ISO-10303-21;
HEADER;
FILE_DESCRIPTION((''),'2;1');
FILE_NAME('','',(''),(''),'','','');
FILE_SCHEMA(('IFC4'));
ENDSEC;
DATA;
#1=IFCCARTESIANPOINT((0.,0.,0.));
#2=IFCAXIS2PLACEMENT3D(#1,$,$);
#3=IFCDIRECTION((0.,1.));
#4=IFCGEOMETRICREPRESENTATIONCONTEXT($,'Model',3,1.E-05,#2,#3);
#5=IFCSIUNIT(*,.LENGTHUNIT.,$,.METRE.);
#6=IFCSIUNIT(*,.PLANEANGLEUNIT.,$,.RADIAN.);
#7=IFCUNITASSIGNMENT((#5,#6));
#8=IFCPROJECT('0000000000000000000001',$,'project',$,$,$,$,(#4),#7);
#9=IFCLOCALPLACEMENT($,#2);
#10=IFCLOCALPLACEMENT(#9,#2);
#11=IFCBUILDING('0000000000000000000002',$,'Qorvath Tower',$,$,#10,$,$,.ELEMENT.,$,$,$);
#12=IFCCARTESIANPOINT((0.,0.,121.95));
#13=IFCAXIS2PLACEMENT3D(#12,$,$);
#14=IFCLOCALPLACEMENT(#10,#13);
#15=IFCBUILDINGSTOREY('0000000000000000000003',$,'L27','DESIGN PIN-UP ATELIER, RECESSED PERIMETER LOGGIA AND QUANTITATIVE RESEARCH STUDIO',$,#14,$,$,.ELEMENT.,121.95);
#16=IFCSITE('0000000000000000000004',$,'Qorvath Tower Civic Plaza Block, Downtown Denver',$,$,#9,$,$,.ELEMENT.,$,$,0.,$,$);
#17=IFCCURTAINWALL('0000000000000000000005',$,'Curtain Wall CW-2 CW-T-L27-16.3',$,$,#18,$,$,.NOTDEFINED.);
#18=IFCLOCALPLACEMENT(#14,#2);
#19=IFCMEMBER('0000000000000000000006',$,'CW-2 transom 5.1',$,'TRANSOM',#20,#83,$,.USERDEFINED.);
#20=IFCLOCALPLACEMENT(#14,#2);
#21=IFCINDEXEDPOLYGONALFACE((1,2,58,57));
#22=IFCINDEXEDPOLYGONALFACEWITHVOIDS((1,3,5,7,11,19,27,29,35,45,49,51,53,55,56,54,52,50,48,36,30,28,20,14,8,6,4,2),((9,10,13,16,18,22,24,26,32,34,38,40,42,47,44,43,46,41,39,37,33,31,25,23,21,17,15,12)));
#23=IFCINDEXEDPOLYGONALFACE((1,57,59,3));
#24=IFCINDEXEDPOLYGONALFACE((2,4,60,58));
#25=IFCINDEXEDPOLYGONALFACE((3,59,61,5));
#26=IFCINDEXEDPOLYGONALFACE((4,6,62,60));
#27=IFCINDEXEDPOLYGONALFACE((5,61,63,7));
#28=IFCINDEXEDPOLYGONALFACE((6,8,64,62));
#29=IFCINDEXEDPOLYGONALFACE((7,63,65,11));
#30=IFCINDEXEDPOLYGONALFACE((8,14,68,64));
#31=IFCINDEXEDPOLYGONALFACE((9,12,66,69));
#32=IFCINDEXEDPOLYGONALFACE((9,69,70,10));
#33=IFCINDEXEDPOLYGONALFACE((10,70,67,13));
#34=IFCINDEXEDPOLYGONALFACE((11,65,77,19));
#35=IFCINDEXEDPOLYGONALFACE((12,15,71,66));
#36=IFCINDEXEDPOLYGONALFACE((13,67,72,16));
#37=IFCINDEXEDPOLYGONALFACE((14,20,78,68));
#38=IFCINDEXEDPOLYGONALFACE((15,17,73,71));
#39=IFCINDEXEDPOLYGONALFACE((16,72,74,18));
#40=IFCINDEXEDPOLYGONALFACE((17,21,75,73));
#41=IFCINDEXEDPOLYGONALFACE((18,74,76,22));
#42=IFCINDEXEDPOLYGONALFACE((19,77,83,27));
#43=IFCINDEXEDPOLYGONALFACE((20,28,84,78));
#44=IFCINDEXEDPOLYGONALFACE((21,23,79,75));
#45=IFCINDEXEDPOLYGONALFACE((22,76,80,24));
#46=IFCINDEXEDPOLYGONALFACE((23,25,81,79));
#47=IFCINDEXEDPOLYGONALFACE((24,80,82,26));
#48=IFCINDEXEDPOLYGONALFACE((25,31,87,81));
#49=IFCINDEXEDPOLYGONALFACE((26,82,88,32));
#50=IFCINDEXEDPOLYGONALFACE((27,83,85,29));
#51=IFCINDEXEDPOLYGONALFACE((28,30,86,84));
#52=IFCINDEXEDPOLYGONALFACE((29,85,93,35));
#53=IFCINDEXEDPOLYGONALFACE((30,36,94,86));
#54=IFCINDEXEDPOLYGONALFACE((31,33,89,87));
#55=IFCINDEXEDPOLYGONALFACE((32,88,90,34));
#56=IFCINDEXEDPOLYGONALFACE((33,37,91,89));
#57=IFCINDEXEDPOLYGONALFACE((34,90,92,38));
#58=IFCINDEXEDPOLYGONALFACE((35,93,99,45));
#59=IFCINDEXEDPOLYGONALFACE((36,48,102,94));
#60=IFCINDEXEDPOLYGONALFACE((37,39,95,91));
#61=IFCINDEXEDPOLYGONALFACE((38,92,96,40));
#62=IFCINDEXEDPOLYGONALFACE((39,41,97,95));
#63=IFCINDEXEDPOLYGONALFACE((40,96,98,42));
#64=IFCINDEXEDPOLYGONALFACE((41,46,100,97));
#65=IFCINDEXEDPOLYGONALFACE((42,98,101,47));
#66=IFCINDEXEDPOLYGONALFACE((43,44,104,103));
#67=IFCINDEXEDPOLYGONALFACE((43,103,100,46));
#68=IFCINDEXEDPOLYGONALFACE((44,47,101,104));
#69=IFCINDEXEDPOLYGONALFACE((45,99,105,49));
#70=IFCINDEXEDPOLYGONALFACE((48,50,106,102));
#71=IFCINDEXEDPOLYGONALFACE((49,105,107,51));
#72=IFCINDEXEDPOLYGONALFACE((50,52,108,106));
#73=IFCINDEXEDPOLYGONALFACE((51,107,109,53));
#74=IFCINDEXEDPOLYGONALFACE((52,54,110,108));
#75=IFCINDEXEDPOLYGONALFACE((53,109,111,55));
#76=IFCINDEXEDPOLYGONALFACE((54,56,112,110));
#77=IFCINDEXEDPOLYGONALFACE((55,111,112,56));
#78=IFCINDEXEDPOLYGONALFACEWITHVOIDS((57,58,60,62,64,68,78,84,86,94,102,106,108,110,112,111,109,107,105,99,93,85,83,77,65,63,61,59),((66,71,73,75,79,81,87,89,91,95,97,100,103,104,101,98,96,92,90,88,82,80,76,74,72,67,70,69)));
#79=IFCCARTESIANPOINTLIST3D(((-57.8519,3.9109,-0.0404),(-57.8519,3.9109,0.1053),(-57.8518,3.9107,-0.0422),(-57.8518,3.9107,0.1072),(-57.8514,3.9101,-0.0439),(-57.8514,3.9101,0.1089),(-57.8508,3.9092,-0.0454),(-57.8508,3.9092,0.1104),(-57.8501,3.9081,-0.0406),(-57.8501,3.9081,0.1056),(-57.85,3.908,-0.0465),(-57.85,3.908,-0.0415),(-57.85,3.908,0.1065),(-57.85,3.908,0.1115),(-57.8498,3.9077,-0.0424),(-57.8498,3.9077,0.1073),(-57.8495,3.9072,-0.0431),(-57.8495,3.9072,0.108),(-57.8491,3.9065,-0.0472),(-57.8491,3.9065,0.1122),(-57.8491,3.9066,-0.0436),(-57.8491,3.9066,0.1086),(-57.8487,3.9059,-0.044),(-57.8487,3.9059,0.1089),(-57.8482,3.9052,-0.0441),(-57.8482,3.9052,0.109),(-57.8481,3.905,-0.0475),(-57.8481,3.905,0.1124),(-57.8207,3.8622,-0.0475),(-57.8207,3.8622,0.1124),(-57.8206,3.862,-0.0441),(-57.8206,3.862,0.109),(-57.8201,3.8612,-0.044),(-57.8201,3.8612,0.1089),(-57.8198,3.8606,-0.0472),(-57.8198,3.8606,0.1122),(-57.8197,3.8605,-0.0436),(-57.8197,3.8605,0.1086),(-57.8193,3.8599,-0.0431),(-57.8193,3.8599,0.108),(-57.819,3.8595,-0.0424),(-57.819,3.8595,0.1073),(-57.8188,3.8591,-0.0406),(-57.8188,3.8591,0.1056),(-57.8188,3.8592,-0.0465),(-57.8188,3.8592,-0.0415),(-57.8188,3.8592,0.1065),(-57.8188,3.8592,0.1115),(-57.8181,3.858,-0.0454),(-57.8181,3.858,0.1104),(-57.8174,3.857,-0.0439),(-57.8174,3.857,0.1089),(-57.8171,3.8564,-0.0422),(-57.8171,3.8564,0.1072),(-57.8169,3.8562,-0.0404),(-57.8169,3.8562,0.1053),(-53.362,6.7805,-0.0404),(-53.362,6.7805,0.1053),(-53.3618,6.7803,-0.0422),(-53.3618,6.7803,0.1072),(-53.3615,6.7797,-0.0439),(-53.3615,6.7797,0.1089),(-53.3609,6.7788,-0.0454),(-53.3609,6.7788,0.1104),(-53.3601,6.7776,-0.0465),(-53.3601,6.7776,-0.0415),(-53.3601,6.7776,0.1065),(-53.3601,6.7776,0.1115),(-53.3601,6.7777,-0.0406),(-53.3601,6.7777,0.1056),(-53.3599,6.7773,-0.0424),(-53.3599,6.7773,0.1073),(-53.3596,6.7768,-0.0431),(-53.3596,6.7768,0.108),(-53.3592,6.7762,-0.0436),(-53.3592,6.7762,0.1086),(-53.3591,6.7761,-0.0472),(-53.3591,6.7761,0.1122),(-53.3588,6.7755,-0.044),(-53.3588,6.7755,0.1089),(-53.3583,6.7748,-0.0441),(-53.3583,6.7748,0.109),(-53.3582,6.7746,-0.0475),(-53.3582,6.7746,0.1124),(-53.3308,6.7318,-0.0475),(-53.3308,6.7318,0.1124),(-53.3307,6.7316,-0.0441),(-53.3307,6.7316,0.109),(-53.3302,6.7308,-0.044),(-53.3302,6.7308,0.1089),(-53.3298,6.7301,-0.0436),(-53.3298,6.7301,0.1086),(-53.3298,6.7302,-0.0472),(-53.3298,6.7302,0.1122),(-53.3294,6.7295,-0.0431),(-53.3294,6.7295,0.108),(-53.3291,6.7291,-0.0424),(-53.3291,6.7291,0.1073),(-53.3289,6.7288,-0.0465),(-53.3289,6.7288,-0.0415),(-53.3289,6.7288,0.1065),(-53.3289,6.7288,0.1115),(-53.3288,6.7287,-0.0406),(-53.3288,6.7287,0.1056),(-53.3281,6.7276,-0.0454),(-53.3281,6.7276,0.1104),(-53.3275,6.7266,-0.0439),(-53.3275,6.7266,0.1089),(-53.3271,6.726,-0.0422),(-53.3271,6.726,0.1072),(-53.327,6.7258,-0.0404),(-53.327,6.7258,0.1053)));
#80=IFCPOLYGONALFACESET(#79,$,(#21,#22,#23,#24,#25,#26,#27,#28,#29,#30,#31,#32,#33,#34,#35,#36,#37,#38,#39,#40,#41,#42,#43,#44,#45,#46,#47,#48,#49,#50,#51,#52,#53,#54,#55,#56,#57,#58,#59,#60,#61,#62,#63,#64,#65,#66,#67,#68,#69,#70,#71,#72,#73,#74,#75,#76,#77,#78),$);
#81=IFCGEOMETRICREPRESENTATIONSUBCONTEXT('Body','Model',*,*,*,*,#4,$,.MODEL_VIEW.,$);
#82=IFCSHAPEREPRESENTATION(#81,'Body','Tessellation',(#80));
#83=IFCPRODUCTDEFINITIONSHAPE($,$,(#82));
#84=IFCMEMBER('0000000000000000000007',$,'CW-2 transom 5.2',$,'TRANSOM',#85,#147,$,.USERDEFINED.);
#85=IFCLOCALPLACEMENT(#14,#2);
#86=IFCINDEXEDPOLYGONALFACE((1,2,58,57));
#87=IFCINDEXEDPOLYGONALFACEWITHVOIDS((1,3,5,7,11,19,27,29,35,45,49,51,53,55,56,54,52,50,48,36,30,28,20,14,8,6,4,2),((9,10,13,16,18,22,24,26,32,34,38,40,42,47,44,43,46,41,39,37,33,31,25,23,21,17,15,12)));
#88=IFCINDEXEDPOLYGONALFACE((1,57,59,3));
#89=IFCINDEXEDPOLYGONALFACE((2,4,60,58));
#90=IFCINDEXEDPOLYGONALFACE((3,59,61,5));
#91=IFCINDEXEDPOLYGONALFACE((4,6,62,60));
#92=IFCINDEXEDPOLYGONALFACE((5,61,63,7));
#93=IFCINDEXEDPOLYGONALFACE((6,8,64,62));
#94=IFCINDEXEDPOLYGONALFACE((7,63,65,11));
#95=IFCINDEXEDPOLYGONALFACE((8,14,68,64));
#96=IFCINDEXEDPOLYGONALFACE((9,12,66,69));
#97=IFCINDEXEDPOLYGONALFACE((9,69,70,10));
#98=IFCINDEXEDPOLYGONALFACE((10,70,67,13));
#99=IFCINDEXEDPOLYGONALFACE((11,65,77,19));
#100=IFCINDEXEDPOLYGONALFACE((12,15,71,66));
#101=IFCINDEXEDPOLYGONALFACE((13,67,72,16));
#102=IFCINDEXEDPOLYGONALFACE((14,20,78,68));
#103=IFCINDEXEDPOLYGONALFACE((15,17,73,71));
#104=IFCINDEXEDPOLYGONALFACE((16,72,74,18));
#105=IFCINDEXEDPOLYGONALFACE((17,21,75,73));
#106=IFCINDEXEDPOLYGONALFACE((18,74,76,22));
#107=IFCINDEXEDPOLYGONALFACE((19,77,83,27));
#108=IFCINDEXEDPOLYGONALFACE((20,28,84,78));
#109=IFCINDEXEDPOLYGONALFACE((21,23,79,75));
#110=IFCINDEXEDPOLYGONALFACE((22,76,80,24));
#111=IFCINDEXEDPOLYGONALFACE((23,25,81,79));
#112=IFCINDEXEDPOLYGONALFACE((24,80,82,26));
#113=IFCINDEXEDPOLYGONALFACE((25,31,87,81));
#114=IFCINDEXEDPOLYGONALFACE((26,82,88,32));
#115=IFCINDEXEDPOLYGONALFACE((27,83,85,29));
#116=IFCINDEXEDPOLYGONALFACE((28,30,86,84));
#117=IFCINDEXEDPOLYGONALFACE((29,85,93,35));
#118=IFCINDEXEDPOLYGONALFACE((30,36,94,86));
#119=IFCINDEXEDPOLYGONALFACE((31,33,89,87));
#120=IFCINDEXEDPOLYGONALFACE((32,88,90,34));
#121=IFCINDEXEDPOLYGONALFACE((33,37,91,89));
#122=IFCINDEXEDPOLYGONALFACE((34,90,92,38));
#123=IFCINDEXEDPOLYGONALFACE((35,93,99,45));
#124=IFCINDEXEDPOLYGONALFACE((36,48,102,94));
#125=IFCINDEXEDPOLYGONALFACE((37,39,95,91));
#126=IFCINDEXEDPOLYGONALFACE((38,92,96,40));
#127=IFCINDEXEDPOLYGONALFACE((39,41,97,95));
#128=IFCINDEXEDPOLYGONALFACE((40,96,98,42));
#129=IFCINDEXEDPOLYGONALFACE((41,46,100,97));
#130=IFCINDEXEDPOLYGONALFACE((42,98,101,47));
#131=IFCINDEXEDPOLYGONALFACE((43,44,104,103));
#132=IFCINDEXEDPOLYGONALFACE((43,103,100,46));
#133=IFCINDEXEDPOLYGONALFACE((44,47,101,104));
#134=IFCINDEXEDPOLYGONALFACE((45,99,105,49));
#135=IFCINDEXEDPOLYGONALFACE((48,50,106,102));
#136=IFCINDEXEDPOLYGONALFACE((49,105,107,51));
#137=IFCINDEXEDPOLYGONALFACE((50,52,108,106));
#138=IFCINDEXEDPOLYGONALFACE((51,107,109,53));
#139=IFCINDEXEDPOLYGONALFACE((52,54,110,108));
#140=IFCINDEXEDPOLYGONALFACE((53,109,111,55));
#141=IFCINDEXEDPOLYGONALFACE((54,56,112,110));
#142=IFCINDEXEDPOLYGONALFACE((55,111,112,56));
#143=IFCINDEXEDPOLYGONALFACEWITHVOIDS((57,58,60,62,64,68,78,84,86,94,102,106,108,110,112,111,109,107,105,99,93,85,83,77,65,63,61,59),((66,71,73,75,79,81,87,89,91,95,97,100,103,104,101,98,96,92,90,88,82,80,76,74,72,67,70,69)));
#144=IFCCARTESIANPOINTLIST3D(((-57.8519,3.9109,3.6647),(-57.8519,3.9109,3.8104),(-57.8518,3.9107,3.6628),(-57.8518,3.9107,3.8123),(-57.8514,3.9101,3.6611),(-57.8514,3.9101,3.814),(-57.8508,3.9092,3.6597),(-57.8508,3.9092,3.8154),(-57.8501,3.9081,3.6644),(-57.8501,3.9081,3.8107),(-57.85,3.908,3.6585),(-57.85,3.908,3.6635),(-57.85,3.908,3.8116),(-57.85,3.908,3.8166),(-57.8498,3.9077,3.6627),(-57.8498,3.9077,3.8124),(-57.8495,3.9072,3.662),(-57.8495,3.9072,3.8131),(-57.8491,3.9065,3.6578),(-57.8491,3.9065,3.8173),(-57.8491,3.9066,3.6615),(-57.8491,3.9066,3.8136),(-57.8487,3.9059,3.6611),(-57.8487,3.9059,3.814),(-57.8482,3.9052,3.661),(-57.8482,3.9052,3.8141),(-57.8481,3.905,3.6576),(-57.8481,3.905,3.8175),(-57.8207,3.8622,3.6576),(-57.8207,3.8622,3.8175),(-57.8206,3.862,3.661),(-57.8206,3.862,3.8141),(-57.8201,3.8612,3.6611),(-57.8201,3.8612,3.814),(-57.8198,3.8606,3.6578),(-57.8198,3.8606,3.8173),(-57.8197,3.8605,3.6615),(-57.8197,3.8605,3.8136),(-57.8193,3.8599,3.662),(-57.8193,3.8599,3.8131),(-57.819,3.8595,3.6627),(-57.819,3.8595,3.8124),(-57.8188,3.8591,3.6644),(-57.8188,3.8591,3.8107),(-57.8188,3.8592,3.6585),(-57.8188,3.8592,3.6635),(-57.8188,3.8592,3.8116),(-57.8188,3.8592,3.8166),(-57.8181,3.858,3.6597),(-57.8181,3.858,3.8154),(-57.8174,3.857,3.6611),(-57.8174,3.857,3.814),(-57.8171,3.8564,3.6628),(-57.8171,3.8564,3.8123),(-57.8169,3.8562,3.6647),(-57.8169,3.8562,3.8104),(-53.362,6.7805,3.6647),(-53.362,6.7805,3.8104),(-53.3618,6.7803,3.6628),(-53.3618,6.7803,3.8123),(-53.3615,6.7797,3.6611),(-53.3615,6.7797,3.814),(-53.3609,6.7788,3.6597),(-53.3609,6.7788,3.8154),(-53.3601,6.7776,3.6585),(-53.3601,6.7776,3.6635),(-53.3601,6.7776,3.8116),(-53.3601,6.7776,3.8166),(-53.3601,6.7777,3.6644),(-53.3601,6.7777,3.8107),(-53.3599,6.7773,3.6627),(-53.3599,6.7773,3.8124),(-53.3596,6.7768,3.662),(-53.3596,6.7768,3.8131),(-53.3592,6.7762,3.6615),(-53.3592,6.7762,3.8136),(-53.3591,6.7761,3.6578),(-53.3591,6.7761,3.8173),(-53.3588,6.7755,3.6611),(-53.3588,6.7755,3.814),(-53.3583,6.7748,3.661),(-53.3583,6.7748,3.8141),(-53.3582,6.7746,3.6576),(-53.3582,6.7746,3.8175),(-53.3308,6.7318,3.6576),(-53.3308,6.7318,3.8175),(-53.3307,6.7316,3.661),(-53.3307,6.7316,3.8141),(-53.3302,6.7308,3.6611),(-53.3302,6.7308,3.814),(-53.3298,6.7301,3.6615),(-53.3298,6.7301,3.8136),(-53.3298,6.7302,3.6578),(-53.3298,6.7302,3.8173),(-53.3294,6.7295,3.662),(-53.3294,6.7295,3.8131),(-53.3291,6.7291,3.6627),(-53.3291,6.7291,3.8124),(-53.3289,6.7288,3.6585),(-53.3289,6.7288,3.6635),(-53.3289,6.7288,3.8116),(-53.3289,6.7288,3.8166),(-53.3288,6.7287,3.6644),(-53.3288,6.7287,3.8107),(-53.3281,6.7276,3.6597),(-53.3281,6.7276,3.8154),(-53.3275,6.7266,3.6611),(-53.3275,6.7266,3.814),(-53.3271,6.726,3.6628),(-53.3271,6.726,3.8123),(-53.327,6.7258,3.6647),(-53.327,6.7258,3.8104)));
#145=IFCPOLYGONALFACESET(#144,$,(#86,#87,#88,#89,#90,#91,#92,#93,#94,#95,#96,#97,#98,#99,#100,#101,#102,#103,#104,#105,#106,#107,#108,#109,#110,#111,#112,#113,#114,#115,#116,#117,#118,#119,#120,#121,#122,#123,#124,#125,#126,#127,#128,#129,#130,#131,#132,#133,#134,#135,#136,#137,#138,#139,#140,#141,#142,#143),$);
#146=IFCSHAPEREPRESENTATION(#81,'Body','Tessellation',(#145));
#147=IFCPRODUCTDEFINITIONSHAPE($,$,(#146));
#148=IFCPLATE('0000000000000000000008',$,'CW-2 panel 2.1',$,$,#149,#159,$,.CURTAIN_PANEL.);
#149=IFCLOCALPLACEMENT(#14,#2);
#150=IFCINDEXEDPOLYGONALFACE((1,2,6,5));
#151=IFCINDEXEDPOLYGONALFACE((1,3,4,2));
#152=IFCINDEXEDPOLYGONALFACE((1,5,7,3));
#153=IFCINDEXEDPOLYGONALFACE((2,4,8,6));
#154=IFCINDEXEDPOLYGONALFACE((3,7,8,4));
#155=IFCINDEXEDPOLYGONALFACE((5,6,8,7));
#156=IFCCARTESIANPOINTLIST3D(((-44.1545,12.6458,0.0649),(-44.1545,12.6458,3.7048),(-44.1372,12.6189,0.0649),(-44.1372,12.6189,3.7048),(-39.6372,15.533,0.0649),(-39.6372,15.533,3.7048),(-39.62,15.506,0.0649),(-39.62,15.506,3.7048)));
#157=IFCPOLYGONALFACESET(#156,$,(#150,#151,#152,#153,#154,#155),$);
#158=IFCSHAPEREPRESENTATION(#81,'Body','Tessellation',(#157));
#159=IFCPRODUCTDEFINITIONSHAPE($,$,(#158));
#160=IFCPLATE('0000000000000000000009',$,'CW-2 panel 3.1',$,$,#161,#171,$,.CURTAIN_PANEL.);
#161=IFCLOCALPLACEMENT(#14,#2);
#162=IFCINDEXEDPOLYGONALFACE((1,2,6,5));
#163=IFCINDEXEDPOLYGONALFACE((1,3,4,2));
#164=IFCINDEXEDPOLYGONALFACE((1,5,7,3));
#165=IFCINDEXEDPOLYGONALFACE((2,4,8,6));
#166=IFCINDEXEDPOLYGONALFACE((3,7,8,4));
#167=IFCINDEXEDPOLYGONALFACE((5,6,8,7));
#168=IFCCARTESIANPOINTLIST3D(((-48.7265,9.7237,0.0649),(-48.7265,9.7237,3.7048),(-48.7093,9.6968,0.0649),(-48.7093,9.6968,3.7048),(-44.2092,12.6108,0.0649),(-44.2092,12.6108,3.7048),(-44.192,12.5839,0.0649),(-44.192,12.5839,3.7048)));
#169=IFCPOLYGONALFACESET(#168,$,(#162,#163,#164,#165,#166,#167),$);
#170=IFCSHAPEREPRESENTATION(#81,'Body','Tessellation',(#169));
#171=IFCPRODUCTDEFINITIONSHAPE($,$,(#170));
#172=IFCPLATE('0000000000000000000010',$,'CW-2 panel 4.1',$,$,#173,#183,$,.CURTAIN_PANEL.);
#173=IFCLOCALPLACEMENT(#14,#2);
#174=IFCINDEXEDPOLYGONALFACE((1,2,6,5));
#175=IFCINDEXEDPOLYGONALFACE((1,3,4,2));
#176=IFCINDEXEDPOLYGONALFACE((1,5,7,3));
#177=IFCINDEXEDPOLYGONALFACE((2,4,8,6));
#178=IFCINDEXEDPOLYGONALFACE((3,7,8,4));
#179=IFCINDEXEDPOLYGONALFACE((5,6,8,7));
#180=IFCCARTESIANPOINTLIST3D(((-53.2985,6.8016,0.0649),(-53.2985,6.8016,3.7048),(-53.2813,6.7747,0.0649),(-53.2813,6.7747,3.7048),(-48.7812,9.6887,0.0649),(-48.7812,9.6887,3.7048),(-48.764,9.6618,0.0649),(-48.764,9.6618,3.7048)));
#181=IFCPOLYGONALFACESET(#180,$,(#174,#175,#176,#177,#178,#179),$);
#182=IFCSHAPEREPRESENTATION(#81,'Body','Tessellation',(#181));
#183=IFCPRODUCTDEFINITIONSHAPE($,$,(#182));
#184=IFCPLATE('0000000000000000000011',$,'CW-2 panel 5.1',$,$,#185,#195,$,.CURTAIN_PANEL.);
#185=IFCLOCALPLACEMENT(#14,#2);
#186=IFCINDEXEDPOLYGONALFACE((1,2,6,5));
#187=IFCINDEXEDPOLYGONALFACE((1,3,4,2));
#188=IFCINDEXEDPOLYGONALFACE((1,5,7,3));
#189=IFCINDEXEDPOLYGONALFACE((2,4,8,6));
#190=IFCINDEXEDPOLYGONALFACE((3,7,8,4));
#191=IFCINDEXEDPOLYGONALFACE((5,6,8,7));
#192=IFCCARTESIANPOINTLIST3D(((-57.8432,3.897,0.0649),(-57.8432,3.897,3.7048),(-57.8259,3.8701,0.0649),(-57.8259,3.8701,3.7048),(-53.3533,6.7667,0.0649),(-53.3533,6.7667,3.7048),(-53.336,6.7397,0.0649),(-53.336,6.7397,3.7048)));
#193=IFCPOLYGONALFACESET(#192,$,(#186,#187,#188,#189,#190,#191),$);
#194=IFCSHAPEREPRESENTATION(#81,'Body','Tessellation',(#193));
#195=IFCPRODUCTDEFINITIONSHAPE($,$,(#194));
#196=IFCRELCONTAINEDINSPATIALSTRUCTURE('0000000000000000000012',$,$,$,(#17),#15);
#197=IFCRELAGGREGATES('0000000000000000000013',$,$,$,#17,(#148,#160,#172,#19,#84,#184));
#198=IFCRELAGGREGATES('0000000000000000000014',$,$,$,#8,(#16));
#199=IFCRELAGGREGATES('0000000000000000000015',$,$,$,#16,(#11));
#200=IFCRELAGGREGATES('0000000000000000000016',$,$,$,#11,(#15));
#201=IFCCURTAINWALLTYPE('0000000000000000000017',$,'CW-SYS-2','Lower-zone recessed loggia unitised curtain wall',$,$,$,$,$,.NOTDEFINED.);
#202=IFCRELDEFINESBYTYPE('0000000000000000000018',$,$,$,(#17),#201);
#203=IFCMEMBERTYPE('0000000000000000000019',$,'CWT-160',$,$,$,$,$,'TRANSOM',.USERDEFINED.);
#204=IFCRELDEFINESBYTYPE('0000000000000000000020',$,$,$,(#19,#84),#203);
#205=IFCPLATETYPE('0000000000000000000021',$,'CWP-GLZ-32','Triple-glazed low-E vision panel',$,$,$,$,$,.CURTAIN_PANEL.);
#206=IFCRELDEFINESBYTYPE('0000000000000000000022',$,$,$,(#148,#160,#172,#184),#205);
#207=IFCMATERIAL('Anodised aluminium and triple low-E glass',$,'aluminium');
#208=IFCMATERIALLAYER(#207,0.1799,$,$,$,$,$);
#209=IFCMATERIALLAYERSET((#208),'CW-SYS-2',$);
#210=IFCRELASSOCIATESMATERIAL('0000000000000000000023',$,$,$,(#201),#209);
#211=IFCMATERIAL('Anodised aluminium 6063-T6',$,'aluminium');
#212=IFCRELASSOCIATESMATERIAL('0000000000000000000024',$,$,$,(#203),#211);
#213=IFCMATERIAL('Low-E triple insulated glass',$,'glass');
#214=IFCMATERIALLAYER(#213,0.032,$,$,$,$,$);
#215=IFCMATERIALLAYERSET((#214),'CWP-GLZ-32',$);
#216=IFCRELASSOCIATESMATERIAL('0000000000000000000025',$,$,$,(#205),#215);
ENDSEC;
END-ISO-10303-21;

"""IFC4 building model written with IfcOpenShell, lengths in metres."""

from ifc_helpers import new_model, si_unit, direction, frame, origin, origin_2d, place, context, subcontext, project, spatial, rectangle, hollow_rectangle, extrude, material, layer, layer_set, material_profile, profile_set, type_object, element, aggregate, save


model = new_model("IFC4")

# Units and contexts
model_context = context("Model", 3, precision=1e-05, world=origin(), true_north=direction((0.0, 1.0)))
body_context = subcontext(model_context, "Body", "Model", "MODEL_VIEW")
ifc_project = project(units=[si_unit("LENGTHUNIT", "METRE"), si_unit("PLANEANGLEUNIT", "RADIAN")], contexts=[model_context])

# Site, building, storey
site_placement = place(None, origin())
site = spatial("IfcSite", under=ifc_project, at=site_placement, Name="Qorvath Tower Civic Plaza Block, Downtown Denver", CompositionType="ELEMENT", RefElevation=0.0)
building_placement = place(site_placement, origin())
building = spatial("IfcBuilding", under=site, at=building_placement, Name="Qorvath Tower", CompositionType="ELEMENT")
storey_placement = place(building_placement, frame((0.0, 0.0, 121.95)))
storey = spatial("IfcBuildingStorey", under=building, at=storey_placement, Name="L27", Description="DESIGN PIN-UP ATELIER, RECESSED PERIMETER LOGGIA AND QUANTITATIVE RESEARCH STUDIO", CompositionType="ELEMENT", Elevation=121.95)

# Curtain wall, members, plates
ifc_material_1 = material(Name="Anodised aluminium and triple low-E glass", Category="aluminium")
ifc_layer_1 = layer(ifc_material_1, 0.1799)
ifc_layer_set_1 = layer_set([ifc_layer_1], Name="CW-SYS-2")
curtain_wall_type = type_object("IfcCurtainWallType", Name="CW-SYS-2", Description="Lower-zone recessed loggia unitised curtain wall", PredefinedType="NOTDEFINED", material=ifc_layer_set_1)
curtain_wall_placement = place(storey_placement, origin())
curtain_wall = element("IfcCurtainWall", 1, at=curtain_wall_placement, inside=storey, type_object=curtain_wall_type, Name="Curtain Wall CW-2 CW-T-L27-16.3", PredefinedType="NOTDEFINED")
ifc_material_2 = material(Name="Anodised aluminium 6063-T6", Category="aluminium")
ifc_material_profile_1 = material_profile(ifc_material_2, hollow_rectangle(XDim=0.0649, YDim=0.1599, WallThickness=0.0034, InnerFilletRadius=0.0034, OuterFilletRadius=0.0071, at=origin_2d()), Name="CWT 160x65")
ifc_profile_set_1 = profile_set([ifc_material_profile_1], Name="Anodised aluminium 6063-T6")
member_type_1 = type_object("IfcMemberType", Name="CWT-160", ElementType="TRANSOM", PredefinedType="USERDEFINED", material=ifc_profile_set_1)
member_1_placement = place(storey_placement, frame((-53.3445, 6.7532, 0.0325), z_axis=(-0.842609, -0.538526, 0.0), x_axis=(0.538526, -0.842609, 0.0)))
member_1 = element("IfcMember", 2, at=member_1_placement, type_object=member_type_1, Name="CW-2 transom 5.1", ObjectType="TRANSOM", PredefinedType="USERDEFINED", context=body_context, shape_type="SweptSolid", body=[
    extrude(hollow_rectangle(XDim=0.0649, YDim=0.1599, WallThickness=0.0034, InnerFilletRadius=0.0034, OuterFilletRadius=0.0071, at=origin_2d()), origin(), (0.0, 0.0, 1.0), 5.3286),
])
member_2_placement = place(storey_placement, frame((-53.3445, 6.7532, 3.7375), z_axis=(-0.842609, -0.538526, 0.0), x_axis=(0.538526, -0.842609, 0.0)))
member_2 = element("IfcMember", 3, at=member_2_placement, type_object=member_type_1, Name="CW-2 transom 5.2", ObjectType="TRANSOM", PredefinedType="USERDEFINED", context=body_context, shape_type="SweptSolid", body=[
    extrude(hollow_rectangle(XDim=0.0649, YDim=0.1599, WallThickness=0.0034, InnerFilletRadius=0.0034, OuterFilletRadius=0.0071, at=origin_2d()), origin(), (0.0, 0.0, 1.0), 5.3286),
])
ifc_material_3 = material(Name="Low-E triple insulated glass", Category="glass")
ifc_layer_2 = layer(ifc_material_3, 0.032)
ifc_layer_set_2 = layer_set([ifc_layer_2], Name="CWP-GLZ-32")
plate_type = type_object("IfcPlateType", Name="CWP-GLZ-32", Description="Triple-glazed low-E vision panel", PredefinedType="CURTAIN_PANEL", material=ifc_layer_set_2)
plate_1_placement = place(storey_placement, frame((-41.8872, 14.0759, 0.0649), z_axis=(0.0, 0.0, 1.0), x_axis=(-0.842604, -0.538534, 0.0)))
plate_1 = element("IfcPlate", 4, at=plate_1_placement, type_object=plate_type, Name="CW-2 panel 2.1", PredefinedType="CURTAIN_PANEL", context=body_context, shape_type="SweptSolid", body=[
    extrude(rectangle(XDim=5.3611, YDim=0.032, at=origin_2d()), origin(), (0.0, 0.0, 1.0), 3.6399),
])
plate_2_placement = place(storey_placement, frame((-46.4592, 11.1538, 0.0649), z_axis=(0.0, 0.0, 1.0), x_axis=(-0.842604, -0.538534, 0.0)))
plate_2 = element("IfcPlate", 5, at=plate_2_placement, type_object=plate_type, Name="CW-2 panel 3.1", PredefinedType="CURTAIN_PANEL", context=body_context, shape_type="SweptSolid", body=[
    extrude(rectangle(XDim=5.3611, YDim=0.032, at=origin_2d()), origin(), (0.0, 0.0, 1.0), 3.6399),
])
plate_3_placement = place(storey_placement, frame((-51.0312, 8.2317, 0.0649), z_axis=(0.0, 0.0, 1.0), x_axis=(-0.842604, -0.538534, 0.0)))
plate_3 = element("IfcPlate", 6, at=plate_3_placement, type_object=plate_type, Name="CW-2 panel 4.1", PredefinedType="CURTAIN_PANEL", context=body_context, shape_type="SweptSolid", body=[
    extrude(rectangle(XDim=5.3611, YDim=0.032, at=origin_2d()), origin(), (0.0, 0.0, 1.0), 3.6399),
])
plate_4_placement = place(storey_placement, frame((-55.5896, 5.3184, 0.0649), z_axis=(0.0, 0.0, 1.0), x_axis=(-0.842604, -0.538534, 0.0)))
plate_4 = element("IfcPlate", 7, at=plate_4_placement, type_object=plate_type, Name="CW-2 panel 5.1", PredefinedType="CURTAIN_PANEL", context=body_context, shape_type="SweptSolid", body=[
    extrude(rectangle(XDim=5.3286, YDim=0.032, at=origin_2d()), origin(), (0.0, 0.0, 1.0), 3.6399),
])
aggregate(curtain_wall, [plate_1, plate_2, plate_3, member_1, member_2, plate_4])

save(model, "model.ifc")
